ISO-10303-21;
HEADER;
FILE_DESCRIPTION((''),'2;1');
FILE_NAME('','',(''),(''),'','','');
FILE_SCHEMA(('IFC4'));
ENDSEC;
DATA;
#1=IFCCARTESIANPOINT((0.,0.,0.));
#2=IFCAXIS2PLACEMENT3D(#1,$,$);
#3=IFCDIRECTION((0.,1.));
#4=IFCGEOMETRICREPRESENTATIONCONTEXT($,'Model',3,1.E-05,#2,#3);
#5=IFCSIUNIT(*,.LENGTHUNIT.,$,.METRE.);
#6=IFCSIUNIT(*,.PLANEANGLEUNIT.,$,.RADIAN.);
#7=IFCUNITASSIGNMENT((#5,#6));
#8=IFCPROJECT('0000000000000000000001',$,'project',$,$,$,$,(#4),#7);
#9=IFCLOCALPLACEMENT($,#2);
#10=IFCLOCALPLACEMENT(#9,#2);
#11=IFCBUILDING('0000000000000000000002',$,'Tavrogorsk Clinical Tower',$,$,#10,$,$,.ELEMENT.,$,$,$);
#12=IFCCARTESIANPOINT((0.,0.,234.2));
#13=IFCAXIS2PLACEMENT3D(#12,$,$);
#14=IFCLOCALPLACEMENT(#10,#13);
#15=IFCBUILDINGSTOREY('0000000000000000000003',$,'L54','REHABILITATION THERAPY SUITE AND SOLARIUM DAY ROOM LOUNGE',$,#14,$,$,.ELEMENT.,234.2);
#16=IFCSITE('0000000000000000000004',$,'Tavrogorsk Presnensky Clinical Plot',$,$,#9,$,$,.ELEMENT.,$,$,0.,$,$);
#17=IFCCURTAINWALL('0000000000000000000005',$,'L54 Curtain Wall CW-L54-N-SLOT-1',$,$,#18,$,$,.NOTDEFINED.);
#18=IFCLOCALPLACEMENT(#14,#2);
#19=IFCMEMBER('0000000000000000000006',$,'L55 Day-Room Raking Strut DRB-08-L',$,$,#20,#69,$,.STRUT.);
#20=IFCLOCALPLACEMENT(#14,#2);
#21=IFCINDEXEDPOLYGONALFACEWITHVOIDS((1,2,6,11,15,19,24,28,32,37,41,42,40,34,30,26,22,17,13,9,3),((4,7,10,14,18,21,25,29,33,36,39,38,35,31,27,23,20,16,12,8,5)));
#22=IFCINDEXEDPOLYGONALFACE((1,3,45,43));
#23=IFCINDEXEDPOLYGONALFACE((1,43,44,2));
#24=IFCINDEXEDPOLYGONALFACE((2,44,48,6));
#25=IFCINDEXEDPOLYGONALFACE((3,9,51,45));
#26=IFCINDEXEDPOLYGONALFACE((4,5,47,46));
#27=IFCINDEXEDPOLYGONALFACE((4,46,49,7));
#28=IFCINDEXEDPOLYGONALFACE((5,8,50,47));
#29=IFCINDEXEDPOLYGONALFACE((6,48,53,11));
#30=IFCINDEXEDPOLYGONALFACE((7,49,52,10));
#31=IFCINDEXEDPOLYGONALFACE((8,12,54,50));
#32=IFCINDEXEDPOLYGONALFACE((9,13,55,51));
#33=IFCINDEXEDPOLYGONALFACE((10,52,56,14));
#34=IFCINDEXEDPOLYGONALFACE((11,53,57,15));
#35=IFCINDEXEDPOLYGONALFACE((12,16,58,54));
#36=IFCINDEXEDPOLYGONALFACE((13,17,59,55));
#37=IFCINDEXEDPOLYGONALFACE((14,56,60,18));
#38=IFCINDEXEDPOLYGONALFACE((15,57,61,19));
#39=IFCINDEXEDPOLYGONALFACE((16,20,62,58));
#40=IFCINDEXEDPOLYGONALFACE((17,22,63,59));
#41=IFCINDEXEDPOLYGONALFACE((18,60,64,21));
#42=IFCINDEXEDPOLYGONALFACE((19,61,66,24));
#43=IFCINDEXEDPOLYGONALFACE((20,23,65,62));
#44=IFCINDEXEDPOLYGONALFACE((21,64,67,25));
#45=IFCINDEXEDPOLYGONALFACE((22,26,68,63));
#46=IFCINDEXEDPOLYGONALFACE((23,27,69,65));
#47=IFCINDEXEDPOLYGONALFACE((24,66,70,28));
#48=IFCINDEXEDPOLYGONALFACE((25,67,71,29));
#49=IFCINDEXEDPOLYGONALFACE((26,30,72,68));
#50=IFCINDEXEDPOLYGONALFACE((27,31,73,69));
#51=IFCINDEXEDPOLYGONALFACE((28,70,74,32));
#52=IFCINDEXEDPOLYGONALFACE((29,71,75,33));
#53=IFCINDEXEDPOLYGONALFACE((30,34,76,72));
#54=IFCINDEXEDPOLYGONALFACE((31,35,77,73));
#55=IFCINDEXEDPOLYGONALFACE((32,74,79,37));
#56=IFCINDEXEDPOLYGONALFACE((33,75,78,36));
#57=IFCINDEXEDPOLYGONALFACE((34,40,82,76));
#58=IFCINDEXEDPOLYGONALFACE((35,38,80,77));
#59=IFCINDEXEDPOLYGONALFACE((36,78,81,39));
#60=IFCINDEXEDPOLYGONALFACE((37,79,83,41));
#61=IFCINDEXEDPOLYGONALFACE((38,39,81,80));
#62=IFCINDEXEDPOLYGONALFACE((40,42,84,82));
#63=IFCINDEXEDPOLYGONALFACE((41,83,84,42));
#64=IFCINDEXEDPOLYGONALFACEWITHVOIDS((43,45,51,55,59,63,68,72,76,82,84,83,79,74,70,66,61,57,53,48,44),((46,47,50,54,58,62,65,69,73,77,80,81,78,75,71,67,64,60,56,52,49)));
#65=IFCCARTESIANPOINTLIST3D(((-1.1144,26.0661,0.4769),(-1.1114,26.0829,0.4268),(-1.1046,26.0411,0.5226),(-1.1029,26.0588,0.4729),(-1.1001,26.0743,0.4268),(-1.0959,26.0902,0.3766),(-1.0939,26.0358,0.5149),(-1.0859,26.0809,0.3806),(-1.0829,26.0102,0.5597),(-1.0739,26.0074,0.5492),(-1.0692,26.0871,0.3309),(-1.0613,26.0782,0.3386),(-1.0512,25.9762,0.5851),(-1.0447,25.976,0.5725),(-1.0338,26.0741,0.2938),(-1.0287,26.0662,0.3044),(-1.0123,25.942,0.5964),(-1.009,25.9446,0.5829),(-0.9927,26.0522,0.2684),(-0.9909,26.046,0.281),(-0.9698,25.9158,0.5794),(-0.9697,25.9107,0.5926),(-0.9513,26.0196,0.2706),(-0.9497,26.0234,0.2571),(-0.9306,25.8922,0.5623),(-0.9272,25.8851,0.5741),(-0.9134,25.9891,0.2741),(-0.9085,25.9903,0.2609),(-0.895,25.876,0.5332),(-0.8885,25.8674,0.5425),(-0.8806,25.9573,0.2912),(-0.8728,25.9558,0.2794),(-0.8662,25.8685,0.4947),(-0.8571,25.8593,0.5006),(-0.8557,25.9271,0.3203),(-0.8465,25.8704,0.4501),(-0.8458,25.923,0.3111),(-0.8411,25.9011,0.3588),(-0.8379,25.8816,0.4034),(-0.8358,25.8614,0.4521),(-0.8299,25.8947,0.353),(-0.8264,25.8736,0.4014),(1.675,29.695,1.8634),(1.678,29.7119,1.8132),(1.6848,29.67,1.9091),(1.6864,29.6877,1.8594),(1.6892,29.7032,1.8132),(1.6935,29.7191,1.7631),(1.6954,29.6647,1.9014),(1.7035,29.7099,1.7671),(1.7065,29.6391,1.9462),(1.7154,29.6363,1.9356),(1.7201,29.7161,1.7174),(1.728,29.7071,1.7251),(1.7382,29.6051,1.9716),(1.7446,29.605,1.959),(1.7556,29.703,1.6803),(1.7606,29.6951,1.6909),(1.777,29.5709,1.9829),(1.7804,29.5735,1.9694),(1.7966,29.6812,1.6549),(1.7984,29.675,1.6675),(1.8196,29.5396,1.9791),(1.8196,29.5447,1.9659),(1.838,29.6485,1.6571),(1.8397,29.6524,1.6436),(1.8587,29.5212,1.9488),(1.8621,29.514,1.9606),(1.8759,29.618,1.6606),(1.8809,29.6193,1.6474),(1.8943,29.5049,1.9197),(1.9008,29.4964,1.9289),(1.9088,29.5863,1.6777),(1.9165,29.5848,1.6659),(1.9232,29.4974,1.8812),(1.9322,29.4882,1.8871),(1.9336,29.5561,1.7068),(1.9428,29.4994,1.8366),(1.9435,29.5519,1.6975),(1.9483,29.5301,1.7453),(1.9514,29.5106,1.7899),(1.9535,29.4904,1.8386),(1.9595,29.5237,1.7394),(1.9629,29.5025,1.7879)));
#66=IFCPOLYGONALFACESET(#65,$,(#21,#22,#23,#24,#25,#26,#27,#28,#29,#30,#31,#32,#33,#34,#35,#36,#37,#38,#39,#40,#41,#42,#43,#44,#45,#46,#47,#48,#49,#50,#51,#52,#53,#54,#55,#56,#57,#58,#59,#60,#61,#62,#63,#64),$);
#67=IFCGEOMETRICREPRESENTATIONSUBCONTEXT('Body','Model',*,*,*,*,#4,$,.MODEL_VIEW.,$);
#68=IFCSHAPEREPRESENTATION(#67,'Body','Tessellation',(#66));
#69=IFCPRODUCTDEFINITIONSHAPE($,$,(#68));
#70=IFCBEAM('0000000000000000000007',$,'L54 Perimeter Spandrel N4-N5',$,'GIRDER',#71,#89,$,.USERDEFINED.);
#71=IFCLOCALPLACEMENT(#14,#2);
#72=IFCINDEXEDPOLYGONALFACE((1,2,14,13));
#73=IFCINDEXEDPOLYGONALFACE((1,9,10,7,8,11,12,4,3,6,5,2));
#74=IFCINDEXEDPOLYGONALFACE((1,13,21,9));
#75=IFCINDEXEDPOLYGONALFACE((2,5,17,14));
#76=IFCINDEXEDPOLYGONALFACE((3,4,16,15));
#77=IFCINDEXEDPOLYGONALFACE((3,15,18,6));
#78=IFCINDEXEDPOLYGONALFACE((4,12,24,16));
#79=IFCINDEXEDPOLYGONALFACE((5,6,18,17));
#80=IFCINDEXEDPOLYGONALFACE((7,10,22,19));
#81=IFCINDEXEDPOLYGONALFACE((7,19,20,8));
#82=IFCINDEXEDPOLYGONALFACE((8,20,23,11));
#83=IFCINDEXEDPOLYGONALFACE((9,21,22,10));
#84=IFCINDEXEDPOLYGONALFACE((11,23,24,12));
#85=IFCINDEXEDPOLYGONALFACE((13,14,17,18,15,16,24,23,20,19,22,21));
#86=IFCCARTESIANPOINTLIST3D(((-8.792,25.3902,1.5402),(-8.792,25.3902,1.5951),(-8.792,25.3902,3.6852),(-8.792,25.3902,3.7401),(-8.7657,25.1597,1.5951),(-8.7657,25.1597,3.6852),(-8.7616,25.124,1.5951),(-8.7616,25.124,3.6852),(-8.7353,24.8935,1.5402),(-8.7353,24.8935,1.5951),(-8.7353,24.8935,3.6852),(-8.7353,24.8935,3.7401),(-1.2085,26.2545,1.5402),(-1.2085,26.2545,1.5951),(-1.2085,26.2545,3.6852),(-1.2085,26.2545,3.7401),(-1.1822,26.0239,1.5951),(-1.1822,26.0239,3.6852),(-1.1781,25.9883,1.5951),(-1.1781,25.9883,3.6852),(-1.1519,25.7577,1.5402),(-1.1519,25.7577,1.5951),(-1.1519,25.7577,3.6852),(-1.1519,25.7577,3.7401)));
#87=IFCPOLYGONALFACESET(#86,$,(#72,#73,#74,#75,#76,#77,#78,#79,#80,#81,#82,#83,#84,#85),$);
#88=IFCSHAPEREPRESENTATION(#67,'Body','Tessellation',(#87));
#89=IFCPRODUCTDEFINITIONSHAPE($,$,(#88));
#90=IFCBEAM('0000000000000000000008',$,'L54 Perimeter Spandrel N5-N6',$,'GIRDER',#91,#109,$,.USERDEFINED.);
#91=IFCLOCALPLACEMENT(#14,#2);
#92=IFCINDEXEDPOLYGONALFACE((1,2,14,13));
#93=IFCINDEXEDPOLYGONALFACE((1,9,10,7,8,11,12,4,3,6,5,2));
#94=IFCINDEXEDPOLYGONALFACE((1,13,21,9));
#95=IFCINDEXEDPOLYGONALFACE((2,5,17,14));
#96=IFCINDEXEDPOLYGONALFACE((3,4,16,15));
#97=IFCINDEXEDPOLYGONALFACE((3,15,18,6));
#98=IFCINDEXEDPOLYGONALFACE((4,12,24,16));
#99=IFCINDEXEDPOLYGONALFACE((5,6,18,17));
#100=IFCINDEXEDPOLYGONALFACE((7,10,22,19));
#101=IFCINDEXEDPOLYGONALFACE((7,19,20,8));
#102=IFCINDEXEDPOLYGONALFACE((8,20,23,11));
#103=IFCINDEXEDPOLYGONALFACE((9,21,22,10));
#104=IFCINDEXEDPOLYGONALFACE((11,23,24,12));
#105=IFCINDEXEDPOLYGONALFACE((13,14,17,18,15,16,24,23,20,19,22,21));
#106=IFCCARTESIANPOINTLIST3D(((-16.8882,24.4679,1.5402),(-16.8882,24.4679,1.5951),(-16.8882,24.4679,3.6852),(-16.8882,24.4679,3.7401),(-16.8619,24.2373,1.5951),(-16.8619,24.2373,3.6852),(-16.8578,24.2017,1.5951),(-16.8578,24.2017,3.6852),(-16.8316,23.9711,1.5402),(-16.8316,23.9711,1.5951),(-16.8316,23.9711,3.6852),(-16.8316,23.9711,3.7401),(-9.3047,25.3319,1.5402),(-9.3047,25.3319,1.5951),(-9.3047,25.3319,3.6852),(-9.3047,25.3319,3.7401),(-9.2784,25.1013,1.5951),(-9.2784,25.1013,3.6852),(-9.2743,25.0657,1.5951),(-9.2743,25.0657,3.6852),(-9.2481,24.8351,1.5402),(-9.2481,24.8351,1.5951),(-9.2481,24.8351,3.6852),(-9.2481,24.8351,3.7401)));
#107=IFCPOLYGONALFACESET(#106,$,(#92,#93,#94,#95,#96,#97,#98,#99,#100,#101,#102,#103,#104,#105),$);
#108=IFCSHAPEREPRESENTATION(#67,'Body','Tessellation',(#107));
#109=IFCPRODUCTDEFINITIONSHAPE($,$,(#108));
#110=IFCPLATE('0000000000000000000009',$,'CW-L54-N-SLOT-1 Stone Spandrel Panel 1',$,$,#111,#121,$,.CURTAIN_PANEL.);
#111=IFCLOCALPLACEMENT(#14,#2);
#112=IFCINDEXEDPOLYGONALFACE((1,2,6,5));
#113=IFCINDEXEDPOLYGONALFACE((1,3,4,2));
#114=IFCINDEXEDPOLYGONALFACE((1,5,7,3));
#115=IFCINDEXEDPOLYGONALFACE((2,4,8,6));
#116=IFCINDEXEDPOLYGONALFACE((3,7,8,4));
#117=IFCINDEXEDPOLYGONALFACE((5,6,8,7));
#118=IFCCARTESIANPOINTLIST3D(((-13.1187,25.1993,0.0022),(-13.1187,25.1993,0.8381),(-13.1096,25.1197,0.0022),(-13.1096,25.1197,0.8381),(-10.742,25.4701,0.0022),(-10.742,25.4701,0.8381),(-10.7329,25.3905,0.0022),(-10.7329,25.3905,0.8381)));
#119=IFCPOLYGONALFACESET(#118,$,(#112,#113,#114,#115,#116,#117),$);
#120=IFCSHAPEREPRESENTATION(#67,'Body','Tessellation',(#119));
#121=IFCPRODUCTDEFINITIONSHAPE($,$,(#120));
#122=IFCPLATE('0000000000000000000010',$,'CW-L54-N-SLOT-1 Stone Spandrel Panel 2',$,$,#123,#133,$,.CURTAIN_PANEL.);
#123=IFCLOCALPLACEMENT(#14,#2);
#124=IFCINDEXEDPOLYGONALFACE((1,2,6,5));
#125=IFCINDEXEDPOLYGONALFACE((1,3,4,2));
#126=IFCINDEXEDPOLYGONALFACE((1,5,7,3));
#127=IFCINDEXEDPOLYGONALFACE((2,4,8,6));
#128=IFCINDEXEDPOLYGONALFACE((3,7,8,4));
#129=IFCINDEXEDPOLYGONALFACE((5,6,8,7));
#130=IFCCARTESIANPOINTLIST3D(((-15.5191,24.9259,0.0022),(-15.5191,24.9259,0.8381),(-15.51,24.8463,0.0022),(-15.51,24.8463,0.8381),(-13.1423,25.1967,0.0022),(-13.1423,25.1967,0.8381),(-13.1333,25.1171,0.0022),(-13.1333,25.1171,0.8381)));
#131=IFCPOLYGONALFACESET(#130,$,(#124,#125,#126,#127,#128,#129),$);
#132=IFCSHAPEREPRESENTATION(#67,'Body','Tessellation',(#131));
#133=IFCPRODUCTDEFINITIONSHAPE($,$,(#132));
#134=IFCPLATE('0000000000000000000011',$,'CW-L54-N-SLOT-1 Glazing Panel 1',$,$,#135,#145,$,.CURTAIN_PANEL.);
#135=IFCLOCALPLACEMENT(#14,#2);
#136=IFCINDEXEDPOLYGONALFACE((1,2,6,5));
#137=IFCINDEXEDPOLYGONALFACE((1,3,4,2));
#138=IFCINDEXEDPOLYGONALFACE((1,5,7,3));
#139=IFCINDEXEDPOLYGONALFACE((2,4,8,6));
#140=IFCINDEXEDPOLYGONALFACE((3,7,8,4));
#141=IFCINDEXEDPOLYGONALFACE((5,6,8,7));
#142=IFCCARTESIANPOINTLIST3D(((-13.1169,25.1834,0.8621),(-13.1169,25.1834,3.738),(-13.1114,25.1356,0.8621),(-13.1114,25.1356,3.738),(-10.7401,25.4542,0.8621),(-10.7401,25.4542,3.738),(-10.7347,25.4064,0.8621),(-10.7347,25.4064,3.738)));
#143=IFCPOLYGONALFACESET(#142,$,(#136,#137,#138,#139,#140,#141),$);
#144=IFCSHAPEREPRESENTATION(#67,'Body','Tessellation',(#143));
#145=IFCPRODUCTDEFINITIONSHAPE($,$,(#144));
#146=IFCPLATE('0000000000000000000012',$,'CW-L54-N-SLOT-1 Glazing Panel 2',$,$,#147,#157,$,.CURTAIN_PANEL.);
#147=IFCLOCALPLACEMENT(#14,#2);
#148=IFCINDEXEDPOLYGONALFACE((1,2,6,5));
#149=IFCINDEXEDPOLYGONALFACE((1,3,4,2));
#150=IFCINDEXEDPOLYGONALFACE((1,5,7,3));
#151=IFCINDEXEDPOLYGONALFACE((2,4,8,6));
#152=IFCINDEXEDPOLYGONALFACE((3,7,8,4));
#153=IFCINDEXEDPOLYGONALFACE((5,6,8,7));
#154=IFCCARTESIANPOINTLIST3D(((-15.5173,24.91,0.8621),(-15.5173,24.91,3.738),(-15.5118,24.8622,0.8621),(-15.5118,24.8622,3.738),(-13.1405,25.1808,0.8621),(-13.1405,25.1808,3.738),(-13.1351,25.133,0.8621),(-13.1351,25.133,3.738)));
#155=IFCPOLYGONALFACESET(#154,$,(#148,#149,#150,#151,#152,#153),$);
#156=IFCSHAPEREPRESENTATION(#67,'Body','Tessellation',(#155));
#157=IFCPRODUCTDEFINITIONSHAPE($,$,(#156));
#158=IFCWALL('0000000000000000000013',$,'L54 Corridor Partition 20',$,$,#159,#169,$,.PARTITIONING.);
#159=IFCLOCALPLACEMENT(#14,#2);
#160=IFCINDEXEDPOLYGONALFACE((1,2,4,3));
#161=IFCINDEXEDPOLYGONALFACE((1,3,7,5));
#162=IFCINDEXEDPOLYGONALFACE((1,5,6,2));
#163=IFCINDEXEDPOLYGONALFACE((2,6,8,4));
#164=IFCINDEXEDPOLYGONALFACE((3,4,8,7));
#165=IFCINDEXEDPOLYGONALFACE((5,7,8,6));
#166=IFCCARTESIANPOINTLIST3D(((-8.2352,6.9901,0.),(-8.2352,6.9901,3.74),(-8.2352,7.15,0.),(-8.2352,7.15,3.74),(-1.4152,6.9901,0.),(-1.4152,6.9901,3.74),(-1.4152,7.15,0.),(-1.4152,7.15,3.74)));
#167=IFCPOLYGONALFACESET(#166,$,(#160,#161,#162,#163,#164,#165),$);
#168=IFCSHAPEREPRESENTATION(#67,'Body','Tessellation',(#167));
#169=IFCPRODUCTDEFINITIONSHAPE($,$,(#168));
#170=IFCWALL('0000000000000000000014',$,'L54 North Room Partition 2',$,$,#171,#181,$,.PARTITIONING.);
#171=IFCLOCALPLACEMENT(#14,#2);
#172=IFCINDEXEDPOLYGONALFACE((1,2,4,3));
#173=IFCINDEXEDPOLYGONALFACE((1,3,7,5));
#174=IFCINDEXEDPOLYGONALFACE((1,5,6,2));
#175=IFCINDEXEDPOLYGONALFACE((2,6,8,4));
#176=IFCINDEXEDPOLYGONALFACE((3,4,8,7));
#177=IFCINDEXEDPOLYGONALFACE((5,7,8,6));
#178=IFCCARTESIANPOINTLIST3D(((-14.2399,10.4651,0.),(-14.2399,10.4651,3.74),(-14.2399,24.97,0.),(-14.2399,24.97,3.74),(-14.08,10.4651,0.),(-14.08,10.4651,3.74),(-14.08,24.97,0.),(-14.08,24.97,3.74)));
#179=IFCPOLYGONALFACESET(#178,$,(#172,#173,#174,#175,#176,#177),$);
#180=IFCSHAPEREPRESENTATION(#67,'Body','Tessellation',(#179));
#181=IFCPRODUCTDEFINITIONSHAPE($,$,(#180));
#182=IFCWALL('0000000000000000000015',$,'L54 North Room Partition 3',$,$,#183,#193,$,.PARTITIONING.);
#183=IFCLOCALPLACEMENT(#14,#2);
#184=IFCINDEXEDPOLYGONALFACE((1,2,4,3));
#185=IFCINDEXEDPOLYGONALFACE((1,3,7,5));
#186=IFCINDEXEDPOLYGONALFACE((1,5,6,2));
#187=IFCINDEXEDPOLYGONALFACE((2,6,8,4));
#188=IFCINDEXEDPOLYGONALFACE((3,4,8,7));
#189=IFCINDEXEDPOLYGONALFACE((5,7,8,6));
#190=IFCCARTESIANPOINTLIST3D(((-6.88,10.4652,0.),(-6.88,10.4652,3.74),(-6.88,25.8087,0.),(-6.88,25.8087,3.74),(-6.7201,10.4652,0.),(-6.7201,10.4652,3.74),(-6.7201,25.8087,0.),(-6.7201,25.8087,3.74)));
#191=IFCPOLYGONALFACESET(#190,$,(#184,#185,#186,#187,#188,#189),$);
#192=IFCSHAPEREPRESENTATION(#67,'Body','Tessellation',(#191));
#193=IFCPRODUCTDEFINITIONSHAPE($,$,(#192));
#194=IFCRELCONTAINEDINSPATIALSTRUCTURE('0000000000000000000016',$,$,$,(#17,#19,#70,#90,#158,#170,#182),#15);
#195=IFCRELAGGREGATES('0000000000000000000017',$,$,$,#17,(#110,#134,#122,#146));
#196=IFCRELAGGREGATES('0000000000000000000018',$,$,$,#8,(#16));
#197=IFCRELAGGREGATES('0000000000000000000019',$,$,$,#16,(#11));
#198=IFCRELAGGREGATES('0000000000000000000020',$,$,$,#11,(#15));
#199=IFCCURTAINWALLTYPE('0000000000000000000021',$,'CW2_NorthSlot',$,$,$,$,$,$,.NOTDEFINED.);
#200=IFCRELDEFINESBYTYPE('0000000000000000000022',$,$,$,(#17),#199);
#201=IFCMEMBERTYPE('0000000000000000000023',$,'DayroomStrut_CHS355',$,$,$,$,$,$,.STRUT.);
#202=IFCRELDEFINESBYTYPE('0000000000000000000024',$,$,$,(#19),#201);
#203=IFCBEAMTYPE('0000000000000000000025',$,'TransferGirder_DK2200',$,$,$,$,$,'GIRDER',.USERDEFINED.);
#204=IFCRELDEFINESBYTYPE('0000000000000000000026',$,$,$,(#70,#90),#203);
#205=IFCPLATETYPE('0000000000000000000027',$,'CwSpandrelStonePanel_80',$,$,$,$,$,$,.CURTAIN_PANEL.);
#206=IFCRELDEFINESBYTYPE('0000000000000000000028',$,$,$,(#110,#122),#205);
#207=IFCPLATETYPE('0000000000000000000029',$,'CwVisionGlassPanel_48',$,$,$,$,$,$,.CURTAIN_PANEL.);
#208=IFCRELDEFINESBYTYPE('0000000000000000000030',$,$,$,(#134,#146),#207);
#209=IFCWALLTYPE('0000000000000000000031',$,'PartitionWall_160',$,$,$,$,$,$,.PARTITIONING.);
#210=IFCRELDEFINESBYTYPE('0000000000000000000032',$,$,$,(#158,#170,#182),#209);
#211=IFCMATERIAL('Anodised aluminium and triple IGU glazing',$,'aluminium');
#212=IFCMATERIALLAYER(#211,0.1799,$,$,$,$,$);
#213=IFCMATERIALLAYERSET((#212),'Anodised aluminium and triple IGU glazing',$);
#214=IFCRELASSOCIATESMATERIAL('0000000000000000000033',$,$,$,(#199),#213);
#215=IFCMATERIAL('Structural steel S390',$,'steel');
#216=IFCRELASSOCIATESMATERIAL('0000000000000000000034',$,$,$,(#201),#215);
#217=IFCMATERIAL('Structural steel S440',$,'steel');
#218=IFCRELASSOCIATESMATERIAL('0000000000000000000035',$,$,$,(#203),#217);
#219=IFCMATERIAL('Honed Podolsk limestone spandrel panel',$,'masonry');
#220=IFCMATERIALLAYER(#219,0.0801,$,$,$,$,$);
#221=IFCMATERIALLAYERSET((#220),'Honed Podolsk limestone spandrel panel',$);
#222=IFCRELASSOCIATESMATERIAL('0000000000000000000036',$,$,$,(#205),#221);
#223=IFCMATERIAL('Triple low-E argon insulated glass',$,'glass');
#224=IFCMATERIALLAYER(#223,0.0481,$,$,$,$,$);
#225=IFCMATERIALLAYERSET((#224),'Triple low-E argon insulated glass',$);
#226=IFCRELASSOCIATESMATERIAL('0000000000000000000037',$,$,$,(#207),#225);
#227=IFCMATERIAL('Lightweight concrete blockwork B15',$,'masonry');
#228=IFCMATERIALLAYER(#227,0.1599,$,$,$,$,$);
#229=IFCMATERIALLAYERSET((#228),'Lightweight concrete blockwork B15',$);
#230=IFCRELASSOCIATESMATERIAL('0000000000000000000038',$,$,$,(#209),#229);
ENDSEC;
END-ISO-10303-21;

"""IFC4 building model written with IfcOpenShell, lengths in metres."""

from ifc_helpers import new_model, si_unit, direction, frame, frame_2d, origin, origin_2d, place, context, subcontext, project, spatial, rectangle, hollow_circle, i_section, extrude, material, layer, layer_set, material_profile, profile_set, type_object, element, aggregate, save


model = new_model("IFC4")

# Units and contexts
model_context = context("Model", 3, precision=1e-05, world=origin(), true_north=direction((0.0, 1.0)))
body_context = subcontext(model_context, "Body", "Model", "MODEL_VIEW")
ifc_project = project(units=[si_unit("LENGTHUNIT", "METRE"), si_unit("PLANEANGLEUNIT", "RADIAN")], contexts=[model_context])

# Site, building, storey
site_placement = place(None, origin())
site = spatial("IfcSite", under=ifc_project, at=site_placement, Name="Tavrogorsk Presnensky Clinical Plot", CompositionType="ELEMENT", RefElevation=0.0)
building_placement = place(site_placement, origin())
building = spatial("IfcBuilding", under=site, at=building_placement, Name="Tavrogorsk Clinical Tower", CompositionType="ELEMENT")
storey_placement = place(building_placement, frame((0.0, 0.0, 234.2)))
storey = spatial("IfcBuildingStorey", under=building, at=storey_placement, Name="L54", Description="REHABILITATION THERAPY SUITE AND SOLARIUM DAY ROOM LOUNGE", CompositionType="ELEMENT", Elevation=234.2)

# Curtain wall
ifc_material_1 = material(Name="Anodised aluminium and triple IGU glazing", Category="aluminium")
ifc_layer_1 = layer(ifc_material_1, 0.1799)
ifc_layer_set_1 = layer_set([ifc_layer_1], Name="Anodised aluminium and triple IGU glazing")
curtain_wall_type = type_object("IfcCurtainWallType", Name="CW2_NorthSlot", PredefinedType="NOTDEFINED", material=ifc_layer_set_1)
curtain_wall_placement = place(storey_placement, origin())
curtain_wall = element("IfcCurtainWall", 1, at=curtain_wall_placement, inside=storey, type_object=curtain_wall_type, Name="L54 Curtain Wall CW-L54-N-SLOT-1", PredefinedType="NOTDEFINED")

# Member
ifc_material_2 = material(Name="Structural steel S390", Category="steel")
ifc_material_profile_1 = material_profile(ifc_material_2, hollow_circle(Radius=0.1777, WallThickness=0.0142, at=origin_2d()), Name="CHS-355.6x14.2")
ifc_profile_set_1 = profile_set([ifc_material_profile_1], Name="Structural steel S390")
member_type_1 = type_object("IfcMemberType", Name="DayroomStrut_CHS355", PredefinedType="STRUT", material=ifc_profile_set_1)
member_1_placement = place(storey_placement, frame((-0.9705, 25.9746, 0.4268), z_axis=(0.583242, 0.758802, 0.289911), x_axis=(-0.792852, 0.609414, 0.0)))
element("IfcMember", 2, at=member_1_placement, inside=storey, type_object=member_type_1, Name="L55 Day-Room Raking Strut DRB-08-L", PredefinedType="STRUT", context=body_context, shape_type="SweptSolid", body=[
    extrude(hollow_circle(Radius=0.1777, WallThickness=0.0142, at=origin_2d()), origin(), (0.0, 0.0, 1.0), 4.7825),
])

# Beams
ifc_material_3 = material(Name="Structural steel S440", Category="steel")
ifc_material_profile_2 = material_profile(ifc_material_3, i_section(OverallWidth=0.5, OverallDepth=2.2, WebThickness=0.0359, FlangeThickness=0.0549, at=origin_2d()), Name="DK-2200x500x36x55")
ifc_profile_set_2 = profile_set([ifc_material_profile_2], Name="Structural steel S440")
beam_type = type_object("IfcBeamType", Name="TransferGirder_DK2200", ElementType="GIRDER", PredefinedType="USERDEFINED", material=ifc_profile_set_2)
for number, where, z_axis, x_axis, name in (
    (3, (-1.1802, 26.0061, 2.6401), (-0.993569, -0.113233, 0.0), (0.113233, -0.993569, 0.0), "L54 Perimeter Spandrel N4-N5"),
    (4, (-9.2764, 25.0835, 2.6401), (-0.993572, -0.113201, 0.0), (0.113201, -0.993572, 0.0), "L54 Perimeter Spandrel N5-N6"),
):
    element("IfcBeam", number, at=place(storey_placement, frame(where, z_axis=z_axis, x_axis=x_axis)), inside=storey, type_object=beam_type, Name=name, ObjectType="GIRDER", PredefinedType="USERDEFINED", context=body_context, shape_type="SweptSolid", body=[
        extrude(i_section(OverallWidth=0.5, OverallDepth=2.2, WebThickness=0.0359, FlangeThickness=0.0549, at=origin_2d()), origin(), (0.0, 0.0, 1.0), 7.6326),
    ])

# Plates
ifc_material_4 = material(Name="Honed Podolsk limestone spandrel panel", Category="masonry")
ifc_layer_2 = layer(ifc_material_4, 0.0801)
ifc_layer_set_2 = layer_set([ifc_layer_2], Name="Honed Podolsk limestone spandrel panel")
plate_type_1 = type_object("IfcPlateType", Name="CwSpandrelStonePanel_80", PredefinedType="CURTAIN_PANEL", material=ifc_layer_set_2)
plate_1_placement = place(storey_placement, frame((-11.9258, 25.2949, 0.0022), z_axis=(0.0, 0.0, 1.0), x_axis=(-0.993572, -0.113203, 0.0)))
plate_1 = element("IfcPlate", 5, at=plate_1_placement, type_object=plate_type_1, Name="CW-L54-N-SLOT-1 Stone Spandrel Panel 1", PredefinedType="CURTAIN_PANEL", context=body_context, shape_type="SweptSolid", body=[
    extrude(rectangle(XDim=2.3921, YDim=0.0801, at=origin_2d()), origin(), (0.0, 0.0, 1.0), 0.8359),
])
plate_2_placement = place(storey_placement, frame((-14.3262, 25.0215, 0.0022), z_axis=(0.0, 0.0, 1.0), x_axis=(-0.993572, -0.113203, 0.0)))
plate_2 = element("IfcPlate", 6, at=plate_2_placement, type_object=plate_type_1, Name="CW-L54-N-SLOT-1 Stone Spandrel Panel 2", PredefinedType="CURTAIN_PANEL", context=body_context, shape_type="SweptSolid", body=[
    extrude(rectangle(XDim=2.3921, YDim=0.0801, at=origin_2d()), origin(), (0.0, 0.0, 1.0), 0.8359),
])
ifc_material_5 = material(Name="Triple low-E argon insulated glass", Category="glass")
ifc_layer_3 = layer(ifc_material_5, 0.0481)
ifc_layer_set_3 = layer_set([ifc_layer_3], Name="Triple low-E argon insulated glass")
plate_type_2 = type_object("IfcPlateType", Name="CwVisionGlassPanel_48", PredefinedType="CURTAIN_PANEL", material=ifc_layer_set_3)
plate_3_placement = place(storey_placement, frame((-11.9258, 25.2949, 0.8621), z_axis=(0.0, 0.0, 1.0), x_axis=(-0.993572, -0.113203, 0.0)))
plate_3 = element("IfcPlate", 7, at=plate_3_placement, type_object=plate_type_2, Name="CW-L54-N-SLOT-1 Glazing Panel 1", PredefinedType="CURTAIN_PANEL", context=body_context, shape_type="SweptSolid", body=[
    extrude(rectangle(XDim=2.3921, YDim=0.0481, at=origin_2d()), origin(), (0.0, 0.0, 1.0), 2.876),
])
plate_4_placement = place(storey_placement, frame((-14.3262, 25.0215, 0.8621), z_axis=(0.0, 0.0, 1.0), x_axis=(-0.993572, -0.113203, 0.0)))
plate_4 = element("IfcPlate", 8, at=plate_4_placement, type_object=plate_type_2, Name="CW-L54-N-SLOT-1 Glazing Panel 2", PredefinedType="CURTAIN_PANEL", context=body_context, shape_type="SweptSolid", body=[
    extrude(rectangle(XDim=2.3921, YDim=0.0481, at=origin_2d()), origin(), (0.0, 0.0, 1.0), 2.876),
])
aggregate(curtain_wall, [plate_1, plate_3, plate_2, plate_4])

# Walls
ifc_material_6 = material(Name="Lightweight concrete blockwork B15", Category="masonry")
ifc_layer_4 = layer(ifc_material_6, 0.1599)
ifc_layer_set_4 = layer_set([ifc_layer_4], Name="Lightweight concrete blockwork B15")
wall_type_1 = type_object("IfcWallType", Name="PartitionWall_160", PredefinedType="PARTITIONING", material=ifc_layer_set_4)
wall_1_placement = place(storey_placement, frame((-1.415, 7.0701, 0.0), z_axis=(0.0, 0.0, 1.0), x_axis=(-1.0, 0.0, 0.0)))
element("IfcWall", 9, at=wall_1_placement, inside=storey, type_object=wall_type_1, Name="L54 Corridor Partition 20", PredefinedType="PARTITIONING", context=body_context, shape_type="SweptSolid", body=[
    extrude(rectangle(XDim=6.8201, YDim=0.1599, at=frame_2d((3.4102, 0.0))), origin(), (0.0, 0.0, 1.0), 3.74),
])
wall_2_placement = place(storey_placement, frame((-14.1599, 10.4651, 0.0), z_axis=(0.0, 0.0, 1.0), x_axis=(0.0, 1.0, 0.0)))
element("IfcWall", 10, at=wall_2_placement, inside=storey, type_object=wall_type_1, Name="L54 North Room Partition 2", PredefinedType="PARTITIONING", context=body_context, shape_type="SweptSolid", body=[
    extrude(rectangle(XDim=14.5049, YDim=0.1599, at=frame_2d((7.2524, 0.0))), origin(), (0.0, 0.0, 1.0), 3.74),
])
wall_3_placement = place(storey_placement, frame((-6.8, 10.4651, 0.0), z_axis=(0.0, 0.0, 1.0), x_axis=(0.0, 1.0, 0.0)))
element("IfcWall", 11, at=wall_3_placement, inside=storey, type_object=wall_type_1, Name="L54 North Room Partition 3", PredefinedType="PARTITIONING", context=body_context, shape_type="SweptSolid", body=[
    extrude(rectangle(XDim=15.3435, YDim=0.1599, at=frame_2d((7.6719, 0.0))), origin(), (0.0, 0.0, 1.0), 3.74),
])

save(model, "model.ifc")
